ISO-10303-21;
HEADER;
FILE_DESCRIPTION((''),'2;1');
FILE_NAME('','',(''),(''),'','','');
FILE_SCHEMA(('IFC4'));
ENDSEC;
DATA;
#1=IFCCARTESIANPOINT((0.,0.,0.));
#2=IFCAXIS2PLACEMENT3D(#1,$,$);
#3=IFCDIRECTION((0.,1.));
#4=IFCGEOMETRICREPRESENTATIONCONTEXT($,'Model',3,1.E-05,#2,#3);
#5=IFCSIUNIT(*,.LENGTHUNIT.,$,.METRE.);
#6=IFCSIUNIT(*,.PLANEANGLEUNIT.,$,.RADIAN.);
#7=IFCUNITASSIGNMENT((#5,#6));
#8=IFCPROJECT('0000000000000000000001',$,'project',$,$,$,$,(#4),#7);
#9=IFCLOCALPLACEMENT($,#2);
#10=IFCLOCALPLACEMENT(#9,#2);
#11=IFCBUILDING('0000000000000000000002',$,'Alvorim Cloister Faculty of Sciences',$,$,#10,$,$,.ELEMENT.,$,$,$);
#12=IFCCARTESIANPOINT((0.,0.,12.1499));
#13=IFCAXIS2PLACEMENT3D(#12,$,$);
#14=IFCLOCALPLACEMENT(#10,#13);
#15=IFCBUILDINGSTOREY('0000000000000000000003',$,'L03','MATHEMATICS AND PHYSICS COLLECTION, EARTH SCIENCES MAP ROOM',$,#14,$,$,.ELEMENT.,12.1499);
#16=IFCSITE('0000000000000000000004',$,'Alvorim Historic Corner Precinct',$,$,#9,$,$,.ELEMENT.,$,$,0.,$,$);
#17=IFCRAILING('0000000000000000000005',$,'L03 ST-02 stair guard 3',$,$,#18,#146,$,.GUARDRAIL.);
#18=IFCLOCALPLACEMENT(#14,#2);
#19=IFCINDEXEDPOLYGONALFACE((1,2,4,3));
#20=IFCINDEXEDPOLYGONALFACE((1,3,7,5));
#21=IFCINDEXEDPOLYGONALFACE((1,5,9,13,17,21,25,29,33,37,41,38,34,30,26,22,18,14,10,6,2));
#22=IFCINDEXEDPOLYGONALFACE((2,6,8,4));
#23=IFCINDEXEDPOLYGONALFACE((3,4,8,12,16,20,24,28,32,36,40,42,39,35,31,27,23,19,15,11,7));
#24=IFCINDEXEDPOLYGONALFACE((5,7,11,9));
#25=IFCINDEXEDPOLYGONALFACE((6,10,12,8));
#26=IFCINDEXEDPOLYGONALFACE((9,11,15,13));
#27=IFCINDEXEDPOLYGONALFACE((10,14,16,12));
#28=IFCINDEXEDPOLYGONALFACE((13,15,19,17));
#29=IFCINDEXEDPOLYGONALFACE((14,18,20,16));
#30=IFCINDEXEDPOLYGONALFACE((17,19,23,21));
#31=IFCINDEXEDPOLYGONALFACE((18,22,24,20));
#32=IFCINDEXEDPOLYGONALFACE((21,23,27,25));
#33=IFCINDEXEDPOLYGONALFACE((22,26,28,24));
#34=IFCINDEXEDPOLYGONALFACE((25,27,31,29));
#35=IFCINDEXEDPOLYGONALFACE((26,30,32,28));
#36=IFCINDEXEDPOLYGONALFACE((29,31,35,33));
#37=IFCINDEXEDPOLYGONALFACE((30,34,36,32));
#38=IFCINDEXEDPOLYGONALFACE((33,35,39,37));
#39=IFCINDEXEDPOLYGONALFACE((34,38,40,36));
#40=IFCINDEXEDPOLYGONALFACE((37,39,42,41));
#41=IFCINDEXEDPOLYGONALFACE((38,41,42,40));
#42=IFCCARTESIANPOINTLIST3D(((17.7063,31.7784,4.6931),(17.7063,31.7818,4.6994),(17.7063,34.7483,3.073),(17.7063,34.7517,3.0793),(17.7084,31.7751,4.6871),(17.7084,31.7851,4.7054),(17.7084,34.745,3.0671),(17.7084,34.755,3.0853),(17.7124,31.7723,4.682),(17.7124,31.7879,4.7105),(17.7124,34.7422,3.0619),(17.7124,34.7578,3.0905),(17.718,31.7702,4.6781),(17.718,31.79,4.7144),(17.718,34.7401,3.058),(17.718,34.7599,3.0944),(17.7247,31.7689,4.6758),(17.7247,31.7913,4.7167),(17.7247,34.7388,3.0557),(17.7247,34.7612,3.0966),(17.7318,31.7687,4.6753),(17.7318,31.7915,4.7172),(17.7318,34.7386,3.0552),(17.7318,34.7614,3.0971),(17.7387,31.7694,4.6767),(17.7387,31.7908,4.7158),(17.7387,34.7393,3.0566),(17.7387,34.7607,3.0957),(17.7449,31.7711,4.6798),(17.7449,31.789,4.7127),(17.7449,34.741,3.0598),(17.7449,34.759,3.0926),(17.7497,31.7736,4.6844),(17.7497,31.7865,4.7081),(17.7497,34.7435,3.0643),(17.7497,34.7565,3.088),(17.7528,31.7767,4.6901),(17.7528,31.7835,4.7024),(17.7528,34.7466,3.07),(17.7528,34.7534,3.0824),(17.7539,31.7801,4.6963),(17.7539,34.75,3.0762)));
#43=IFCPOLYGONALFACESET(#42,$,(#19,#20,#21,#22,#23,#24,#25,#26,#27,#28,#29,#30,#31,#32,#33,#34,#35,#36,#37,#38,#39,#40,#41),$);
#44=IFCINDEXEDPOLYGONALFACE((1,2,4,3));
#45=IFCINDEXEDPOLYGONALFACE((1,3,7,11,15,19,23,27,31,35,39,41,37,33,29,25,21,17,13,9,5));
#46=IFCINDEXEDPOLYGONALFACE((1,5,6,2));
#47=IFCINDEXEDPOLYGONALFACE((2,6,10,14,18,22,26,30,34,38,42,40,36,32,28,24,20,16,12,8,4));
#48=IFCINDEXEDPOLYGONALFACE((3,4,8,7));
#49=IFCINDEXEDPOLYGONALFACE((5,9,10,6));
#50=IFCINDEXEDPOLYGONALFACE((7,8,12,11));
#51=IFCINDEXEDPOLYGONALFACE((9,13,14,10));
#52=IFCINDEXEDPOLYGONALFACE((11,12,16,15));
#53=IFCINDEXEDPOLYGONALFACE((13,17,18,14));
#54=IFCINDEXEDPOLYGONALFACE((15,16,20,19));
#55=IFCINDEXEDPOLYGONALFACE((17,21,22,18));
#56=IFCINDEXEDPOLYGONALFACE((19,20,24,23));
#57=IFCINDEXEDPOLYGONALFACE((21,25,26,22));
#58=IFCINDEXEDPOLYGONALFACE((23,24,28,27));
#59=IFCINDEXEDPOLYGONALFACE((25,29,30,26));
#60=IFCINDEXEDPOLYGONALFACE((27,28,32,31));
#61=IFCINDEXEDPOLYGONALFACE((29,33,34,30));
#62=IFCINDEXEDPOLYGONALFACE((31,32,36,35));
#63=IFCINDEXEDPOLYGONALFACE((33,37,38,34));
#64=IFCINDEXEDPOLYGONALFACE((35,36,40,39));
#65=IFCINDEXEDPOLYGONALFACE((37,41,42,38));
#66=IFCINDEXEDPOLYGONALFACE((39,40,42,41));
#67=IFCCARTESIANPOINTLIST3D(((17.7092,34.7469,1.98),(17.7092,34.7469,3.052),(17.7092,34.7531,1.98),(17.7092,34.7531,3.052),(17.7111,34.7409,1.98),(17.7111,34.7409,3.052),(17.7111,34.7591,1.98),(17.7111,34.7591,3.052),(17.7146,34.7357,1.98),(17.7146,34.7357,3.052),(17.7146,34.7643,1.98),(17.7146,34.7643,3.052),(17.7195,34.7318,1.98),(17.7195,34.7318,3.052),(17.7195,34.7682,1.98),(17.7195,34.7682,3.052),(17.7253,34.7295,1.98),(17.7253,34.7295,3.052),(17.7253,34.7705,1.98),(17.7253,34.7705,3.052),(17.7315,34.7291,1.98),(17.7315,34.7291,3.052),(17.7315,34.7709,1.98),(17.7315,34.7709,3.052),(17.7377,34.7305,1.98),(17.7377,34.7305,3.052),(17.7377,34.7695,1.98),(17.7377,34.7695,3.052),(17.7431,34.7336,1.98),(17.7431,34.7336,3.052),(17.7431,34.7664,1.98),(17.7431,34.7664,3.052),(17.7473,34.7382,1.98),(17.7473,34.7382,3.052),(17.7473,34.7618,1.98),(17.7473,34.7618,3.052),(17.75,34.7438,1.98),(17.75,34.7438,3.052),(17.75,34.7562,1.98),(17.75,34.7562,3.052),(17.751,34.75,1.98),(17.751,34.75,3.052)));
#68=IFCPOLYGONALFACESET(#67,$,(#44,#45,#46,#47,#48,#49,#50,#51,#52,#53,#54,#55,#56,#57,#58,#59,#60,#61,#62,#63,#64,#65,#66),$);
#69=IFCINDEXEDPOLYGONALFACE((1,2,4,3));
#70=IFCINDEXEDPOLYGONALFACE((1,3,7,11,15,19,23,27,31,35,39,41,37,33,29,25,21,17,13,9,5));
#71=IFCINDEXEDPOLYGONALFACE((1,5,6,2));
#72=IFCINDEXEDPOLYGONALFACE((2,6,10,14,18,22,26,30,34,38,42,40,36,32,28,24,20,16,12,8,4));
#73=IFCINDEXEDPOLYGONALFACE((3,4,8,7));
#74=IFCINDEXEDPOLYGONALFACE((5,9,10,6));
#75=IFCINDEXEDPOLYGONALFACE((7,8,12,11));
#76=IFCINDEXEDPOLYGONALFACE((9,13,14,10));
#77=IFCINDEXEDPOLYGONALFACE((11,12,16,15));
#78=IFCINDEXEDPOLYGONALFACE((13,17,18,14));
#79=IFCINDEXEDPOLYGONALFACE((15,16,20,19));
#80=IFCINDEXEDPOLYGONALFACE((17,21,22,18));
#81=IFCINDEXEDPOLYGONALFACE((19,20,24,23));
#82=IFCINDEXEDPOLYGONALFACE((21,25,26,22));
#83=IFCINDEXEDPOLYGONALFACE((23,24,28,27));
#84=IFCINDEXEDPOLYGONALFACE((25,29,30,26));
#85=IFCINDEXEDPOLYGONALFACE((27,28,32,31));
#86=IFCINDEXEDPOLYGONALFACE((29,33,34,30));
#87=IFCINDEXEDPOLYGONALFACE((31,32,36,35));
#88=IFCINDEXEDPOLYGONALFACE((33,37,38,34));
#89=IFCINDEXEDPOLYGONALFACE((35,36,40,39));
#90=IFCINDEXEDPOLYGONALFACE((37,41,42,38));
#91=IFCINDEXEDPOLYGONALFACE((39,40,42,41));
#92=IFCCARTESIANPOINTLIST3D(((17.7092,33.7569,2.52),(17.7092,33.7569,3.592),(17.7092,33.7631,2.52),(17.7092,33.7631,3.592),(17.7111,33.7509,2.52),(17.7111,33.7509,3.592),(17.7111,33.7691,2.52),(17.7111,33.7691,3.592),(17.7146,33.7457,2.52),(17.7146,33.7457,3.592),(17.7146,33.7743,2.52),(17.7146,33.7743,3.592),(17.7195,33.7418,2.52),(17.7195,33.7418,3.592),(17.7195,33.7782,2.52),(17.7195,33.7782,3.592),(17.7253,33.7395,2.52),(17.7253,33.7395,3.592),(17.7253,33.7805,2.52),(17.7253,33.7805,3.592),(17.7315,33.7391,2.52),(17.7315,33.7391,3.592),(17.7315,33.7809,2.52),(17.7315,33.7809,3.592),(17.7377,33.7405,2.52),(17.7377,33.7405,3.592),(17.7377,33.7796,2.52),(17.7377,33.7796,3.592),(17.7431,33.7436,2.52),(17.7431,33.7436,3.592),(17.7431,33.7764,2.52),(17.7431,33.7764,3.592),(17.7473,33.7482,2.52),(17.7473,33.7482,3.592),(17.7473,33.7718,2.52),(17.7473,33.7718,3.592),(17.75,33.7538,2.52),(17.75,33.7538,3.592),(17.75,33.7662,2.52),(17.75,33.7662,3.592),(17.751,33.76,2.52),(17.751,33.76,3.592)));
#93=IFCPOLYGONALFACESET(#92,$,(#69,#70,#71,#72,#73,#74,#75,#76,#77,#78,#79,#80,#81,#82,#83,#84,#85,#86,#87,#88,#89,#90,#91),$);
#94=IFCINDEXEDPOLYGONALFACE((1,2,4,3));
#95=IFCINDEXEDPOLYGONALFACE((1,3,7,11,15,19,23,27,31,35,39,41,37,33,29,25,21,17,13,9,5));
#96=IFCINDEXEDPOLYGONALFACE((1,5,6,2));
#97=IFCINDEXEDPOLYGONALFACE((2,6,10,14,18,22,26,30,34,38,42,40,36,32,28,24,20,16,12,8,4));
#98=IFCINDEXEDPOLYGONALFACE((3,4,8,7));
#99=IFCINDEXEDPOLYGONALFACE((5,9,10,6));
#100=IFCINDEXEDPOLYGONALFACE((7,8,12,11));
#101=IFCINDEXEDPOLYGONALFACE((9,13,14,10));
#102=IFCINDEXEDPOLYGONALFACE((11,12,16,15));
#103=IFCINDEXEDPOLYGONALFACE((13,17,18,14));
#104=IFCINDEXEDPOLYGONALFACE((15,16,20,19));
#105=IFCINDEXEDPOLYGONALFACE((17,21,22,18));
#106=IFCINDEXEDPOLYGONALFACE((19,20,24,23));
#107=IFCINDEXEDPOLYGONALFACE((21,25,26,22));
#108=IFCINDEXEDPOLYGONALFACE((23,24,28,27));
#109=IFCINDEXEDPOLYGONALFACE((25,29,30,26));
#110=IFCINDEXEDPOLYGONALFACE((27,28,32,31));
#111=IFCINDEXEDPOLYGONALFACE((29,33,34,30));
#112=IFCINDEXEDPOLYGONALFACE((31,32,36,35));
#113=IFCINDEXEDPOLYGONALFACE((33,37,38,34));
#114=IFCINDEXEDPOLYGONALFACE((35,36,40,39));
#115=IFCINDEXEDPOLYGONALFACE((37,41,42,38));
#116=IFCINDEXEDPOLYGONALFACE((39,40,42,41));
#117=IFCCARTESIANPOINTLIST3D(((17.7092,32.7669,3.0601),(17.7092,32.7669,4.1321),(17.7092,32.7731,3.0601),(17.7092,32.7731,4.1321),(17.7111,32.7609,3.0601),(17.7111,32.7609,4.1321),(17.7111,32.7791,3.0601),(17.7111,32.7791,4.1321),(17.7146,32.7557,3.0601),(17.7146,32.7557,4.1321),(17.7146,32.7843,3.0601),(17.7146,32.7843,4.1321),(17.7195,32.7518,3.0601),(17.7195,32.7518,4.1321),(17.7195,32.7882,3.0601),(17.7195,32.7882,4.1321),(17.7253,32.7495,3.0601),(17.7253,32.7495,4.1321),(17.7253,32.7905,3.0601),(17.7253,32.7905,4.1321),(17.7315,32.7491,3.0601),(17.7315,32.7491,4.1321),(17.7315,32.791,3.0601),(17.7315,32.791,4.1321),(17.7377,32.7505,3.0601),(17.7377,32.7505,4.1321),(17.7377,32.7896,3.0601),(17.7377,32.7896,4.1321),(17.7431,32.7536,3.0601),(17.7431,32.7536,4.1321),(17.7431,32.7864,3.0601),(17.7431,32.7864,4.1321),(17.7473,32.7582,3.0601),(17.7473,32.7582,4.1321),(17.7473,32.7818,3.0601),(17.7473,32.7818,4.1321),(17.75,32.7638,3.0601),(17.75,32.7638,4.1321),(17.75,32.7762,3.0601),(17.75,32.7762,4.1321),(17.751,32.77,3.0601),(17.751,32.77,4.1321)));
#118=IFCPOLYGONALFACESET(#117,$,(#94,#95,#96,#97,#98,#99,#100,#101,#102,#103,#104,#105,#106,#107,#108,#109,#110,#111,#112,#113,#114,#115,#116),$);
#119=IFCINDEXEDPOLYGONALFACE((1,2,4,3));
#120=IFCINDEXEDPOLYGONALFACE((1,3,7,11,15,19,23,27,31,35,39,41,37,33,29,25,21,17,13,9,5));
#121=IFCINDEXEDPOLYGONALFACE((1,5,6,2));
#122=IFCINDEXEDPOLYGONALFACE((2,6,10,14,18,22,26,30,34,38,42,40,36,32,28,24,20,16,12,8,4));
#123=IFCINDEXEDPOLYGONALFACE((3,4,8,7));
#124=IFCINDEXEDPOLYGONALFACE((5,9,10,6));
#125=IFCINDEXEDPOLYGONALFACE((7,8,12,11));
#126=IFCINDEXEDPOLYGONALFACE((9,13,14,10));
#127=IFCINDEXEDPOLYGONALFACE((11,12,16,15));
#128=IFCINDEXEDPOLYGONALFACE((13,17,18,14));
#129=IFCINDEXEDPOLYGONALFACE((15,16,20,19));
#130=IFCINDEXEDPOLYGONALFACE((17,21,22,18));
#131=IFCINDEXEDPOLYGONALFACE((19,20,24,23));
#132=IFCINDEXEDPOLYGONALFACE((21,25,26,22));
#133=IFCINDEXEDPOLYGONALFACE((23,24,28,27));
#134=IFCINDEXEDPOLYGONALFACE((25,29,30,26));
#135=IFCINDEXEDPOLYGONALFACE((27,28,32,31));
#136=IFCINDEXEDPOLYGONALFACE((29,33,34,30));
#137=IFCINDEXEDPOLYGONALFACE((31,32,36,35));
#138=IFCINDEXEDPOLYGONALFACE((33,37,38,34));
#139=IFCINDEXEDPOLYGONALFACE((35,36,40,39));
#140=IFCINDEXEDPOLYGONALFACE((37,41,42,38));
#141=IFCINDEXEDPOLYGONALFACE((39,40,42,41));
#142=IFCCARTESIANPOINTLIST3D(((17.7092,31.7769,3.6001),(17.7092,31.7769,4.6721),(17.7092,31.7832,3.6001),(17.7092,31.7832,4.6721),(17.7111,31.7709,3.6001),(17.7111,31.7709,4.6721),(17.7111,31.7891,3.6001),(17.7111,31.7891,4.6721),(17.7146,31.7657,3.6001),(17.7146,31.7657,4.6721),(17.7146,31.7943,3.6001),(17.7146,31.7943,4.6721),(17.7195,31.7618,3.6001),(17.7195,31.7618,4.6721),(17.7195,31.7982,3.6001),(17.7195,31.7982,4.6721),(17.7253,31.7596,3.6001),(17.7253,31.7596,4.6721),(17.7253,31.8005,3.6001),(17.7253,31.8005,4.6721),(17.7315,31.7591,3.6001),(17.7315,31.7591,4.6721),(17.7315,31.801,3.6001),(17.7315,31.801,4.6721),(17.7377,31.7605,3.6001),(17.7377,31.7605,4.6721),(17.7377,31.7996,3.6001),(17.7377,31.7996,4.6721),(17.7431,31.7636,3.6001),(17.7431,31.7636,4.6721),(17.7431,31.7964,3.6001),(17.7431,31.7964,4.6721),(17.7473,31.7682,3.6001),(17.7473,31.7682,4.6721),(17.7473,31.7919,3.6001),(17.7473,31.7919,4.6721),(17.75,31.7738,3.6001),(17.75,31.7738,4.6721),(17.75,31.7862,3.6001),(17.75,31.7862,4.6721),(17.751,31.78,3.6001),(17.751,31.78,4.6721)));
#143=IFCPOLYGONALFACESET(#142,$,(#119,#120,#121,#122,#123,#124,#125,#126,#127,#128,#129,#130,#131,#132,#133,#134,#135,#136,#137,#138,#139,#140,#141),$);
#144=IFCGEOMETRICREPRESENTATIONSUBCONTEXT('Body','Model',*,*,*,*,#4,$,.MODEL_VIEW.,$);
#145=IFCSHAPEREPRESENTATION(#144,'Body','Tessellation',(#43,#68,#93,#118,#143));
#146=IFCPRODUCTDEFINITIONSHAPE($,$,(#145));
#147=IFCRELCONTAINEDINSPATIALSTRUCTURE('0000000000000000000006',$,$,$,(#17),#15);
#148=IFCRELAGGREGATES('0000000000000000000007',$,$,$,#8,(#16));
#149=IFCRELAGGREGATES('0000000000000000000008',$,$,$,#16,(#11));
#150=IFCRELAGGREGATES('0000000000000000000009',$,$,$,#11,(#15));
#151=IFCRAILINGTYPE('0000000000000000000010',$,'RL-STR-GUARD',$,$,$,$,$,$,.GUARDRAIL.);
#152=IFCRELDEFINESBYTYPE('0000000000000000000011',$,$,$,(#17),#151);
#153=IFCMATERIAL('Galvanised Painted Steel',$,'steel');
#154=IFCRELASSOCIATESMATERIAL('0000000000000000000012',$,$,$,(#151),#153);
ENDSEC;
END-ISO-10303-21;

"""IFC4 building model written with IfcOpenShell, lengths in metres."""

from ifc_helpers import new_model, si_unit, direction, frame, origin, origin_2d, place, context, subcontext, project, spatial, circle, extrude, material, type_object, element, save


model = new_model("IFC4")

# Units and contexts
model_context = context("Model", 3, precision=1e-05, world=origin(), true_north=direction((0.0, 1.0)))
body_context = subcontext(model_context, "Body", "Model", "MODEL_VIEW")
ifc_project = project(units=[si_unit("LENGTHUNIT", "METRE"), si_unit("PLANEANGLEUNIT", "RADIAN")], contexts=[model_context])

# Site, building, storey
site_placement = place(None, origin())
site = spatial("IfcSite", under=ifc_project, at=site_placement, Name="Alvorim Historic Corner Precinct", CompositionType="ELEMENT", RefElevation=0.0)
building_placement = place(site_placement, origin())
building = spatial("IfcBuilding", under=site, at=building_placement, Name="Alvorim Cloister Faculty of Sciences", CompositionType="ELEMENT")
storey_placement = place(building_placement, frame((0.0, 0.0, 12.1499)))
storey = spatial("IfcBuildingStorey", under=building, at=storey_placement, Name="L03", Description="MATHEMATICS AND PHYSICS COLLECTION, EARTH SCIENCES MAP ROOM", CompositionType="ELEMENT", Elevation=12.1499)

# Railing
ifc_material_1 = material(Name="Galvanised Painted Steel", Category="steel")
railing_type_1 = type_object("IfcRailingType", Name="RL-STR-GUARD", PredefinedType="GUARDRAIL", material=ifc_material_1)
railing_1_placement = place(storey_placement, frame((17.73, 34.75, 1.98)))
element("IfcRailing", 1, at=railing_1_placement, inside=storey, type_object=railing_type_1, Name="L03 ST-02 stair guard 3", PredefinedType="GUARDRAIL", context=body_context, shape_type="SweptSolid", body=[
    extrude(circle(Radius=0.0239, at=origin_2d()), frame((0.0, 0.0, 1.0962), z_axis=(0.0, -0.877879, 0.478882), x_axis=(1.0, 0.0, 0.0)), (0.0, 0.0, 1.0), 3.3831),
    extrude(circle(Radius=0.021, at=origin_2d()), origin(), (0.0, 0.0, 1.0), 1.072),
    extrude(circle(Radius=0.021, at=origin_2d()), frame((0.0, -0.99, 0.54)), (0.0, 0.0, 1.0), 1.072),
    extrude(circle(Radius=0.021, at=origin_2d()), frame((0.0, -1.98, 1.0801)), (0.0, 0.0, 1.0), 1.072),
    extrude(circle(Radius=0.021, at=origin_2d()), frame((0.0, -2.97, 1.6201)), (0.0, 0.0, 1.0), 1.072),
])

save(model, "model.ifc")
